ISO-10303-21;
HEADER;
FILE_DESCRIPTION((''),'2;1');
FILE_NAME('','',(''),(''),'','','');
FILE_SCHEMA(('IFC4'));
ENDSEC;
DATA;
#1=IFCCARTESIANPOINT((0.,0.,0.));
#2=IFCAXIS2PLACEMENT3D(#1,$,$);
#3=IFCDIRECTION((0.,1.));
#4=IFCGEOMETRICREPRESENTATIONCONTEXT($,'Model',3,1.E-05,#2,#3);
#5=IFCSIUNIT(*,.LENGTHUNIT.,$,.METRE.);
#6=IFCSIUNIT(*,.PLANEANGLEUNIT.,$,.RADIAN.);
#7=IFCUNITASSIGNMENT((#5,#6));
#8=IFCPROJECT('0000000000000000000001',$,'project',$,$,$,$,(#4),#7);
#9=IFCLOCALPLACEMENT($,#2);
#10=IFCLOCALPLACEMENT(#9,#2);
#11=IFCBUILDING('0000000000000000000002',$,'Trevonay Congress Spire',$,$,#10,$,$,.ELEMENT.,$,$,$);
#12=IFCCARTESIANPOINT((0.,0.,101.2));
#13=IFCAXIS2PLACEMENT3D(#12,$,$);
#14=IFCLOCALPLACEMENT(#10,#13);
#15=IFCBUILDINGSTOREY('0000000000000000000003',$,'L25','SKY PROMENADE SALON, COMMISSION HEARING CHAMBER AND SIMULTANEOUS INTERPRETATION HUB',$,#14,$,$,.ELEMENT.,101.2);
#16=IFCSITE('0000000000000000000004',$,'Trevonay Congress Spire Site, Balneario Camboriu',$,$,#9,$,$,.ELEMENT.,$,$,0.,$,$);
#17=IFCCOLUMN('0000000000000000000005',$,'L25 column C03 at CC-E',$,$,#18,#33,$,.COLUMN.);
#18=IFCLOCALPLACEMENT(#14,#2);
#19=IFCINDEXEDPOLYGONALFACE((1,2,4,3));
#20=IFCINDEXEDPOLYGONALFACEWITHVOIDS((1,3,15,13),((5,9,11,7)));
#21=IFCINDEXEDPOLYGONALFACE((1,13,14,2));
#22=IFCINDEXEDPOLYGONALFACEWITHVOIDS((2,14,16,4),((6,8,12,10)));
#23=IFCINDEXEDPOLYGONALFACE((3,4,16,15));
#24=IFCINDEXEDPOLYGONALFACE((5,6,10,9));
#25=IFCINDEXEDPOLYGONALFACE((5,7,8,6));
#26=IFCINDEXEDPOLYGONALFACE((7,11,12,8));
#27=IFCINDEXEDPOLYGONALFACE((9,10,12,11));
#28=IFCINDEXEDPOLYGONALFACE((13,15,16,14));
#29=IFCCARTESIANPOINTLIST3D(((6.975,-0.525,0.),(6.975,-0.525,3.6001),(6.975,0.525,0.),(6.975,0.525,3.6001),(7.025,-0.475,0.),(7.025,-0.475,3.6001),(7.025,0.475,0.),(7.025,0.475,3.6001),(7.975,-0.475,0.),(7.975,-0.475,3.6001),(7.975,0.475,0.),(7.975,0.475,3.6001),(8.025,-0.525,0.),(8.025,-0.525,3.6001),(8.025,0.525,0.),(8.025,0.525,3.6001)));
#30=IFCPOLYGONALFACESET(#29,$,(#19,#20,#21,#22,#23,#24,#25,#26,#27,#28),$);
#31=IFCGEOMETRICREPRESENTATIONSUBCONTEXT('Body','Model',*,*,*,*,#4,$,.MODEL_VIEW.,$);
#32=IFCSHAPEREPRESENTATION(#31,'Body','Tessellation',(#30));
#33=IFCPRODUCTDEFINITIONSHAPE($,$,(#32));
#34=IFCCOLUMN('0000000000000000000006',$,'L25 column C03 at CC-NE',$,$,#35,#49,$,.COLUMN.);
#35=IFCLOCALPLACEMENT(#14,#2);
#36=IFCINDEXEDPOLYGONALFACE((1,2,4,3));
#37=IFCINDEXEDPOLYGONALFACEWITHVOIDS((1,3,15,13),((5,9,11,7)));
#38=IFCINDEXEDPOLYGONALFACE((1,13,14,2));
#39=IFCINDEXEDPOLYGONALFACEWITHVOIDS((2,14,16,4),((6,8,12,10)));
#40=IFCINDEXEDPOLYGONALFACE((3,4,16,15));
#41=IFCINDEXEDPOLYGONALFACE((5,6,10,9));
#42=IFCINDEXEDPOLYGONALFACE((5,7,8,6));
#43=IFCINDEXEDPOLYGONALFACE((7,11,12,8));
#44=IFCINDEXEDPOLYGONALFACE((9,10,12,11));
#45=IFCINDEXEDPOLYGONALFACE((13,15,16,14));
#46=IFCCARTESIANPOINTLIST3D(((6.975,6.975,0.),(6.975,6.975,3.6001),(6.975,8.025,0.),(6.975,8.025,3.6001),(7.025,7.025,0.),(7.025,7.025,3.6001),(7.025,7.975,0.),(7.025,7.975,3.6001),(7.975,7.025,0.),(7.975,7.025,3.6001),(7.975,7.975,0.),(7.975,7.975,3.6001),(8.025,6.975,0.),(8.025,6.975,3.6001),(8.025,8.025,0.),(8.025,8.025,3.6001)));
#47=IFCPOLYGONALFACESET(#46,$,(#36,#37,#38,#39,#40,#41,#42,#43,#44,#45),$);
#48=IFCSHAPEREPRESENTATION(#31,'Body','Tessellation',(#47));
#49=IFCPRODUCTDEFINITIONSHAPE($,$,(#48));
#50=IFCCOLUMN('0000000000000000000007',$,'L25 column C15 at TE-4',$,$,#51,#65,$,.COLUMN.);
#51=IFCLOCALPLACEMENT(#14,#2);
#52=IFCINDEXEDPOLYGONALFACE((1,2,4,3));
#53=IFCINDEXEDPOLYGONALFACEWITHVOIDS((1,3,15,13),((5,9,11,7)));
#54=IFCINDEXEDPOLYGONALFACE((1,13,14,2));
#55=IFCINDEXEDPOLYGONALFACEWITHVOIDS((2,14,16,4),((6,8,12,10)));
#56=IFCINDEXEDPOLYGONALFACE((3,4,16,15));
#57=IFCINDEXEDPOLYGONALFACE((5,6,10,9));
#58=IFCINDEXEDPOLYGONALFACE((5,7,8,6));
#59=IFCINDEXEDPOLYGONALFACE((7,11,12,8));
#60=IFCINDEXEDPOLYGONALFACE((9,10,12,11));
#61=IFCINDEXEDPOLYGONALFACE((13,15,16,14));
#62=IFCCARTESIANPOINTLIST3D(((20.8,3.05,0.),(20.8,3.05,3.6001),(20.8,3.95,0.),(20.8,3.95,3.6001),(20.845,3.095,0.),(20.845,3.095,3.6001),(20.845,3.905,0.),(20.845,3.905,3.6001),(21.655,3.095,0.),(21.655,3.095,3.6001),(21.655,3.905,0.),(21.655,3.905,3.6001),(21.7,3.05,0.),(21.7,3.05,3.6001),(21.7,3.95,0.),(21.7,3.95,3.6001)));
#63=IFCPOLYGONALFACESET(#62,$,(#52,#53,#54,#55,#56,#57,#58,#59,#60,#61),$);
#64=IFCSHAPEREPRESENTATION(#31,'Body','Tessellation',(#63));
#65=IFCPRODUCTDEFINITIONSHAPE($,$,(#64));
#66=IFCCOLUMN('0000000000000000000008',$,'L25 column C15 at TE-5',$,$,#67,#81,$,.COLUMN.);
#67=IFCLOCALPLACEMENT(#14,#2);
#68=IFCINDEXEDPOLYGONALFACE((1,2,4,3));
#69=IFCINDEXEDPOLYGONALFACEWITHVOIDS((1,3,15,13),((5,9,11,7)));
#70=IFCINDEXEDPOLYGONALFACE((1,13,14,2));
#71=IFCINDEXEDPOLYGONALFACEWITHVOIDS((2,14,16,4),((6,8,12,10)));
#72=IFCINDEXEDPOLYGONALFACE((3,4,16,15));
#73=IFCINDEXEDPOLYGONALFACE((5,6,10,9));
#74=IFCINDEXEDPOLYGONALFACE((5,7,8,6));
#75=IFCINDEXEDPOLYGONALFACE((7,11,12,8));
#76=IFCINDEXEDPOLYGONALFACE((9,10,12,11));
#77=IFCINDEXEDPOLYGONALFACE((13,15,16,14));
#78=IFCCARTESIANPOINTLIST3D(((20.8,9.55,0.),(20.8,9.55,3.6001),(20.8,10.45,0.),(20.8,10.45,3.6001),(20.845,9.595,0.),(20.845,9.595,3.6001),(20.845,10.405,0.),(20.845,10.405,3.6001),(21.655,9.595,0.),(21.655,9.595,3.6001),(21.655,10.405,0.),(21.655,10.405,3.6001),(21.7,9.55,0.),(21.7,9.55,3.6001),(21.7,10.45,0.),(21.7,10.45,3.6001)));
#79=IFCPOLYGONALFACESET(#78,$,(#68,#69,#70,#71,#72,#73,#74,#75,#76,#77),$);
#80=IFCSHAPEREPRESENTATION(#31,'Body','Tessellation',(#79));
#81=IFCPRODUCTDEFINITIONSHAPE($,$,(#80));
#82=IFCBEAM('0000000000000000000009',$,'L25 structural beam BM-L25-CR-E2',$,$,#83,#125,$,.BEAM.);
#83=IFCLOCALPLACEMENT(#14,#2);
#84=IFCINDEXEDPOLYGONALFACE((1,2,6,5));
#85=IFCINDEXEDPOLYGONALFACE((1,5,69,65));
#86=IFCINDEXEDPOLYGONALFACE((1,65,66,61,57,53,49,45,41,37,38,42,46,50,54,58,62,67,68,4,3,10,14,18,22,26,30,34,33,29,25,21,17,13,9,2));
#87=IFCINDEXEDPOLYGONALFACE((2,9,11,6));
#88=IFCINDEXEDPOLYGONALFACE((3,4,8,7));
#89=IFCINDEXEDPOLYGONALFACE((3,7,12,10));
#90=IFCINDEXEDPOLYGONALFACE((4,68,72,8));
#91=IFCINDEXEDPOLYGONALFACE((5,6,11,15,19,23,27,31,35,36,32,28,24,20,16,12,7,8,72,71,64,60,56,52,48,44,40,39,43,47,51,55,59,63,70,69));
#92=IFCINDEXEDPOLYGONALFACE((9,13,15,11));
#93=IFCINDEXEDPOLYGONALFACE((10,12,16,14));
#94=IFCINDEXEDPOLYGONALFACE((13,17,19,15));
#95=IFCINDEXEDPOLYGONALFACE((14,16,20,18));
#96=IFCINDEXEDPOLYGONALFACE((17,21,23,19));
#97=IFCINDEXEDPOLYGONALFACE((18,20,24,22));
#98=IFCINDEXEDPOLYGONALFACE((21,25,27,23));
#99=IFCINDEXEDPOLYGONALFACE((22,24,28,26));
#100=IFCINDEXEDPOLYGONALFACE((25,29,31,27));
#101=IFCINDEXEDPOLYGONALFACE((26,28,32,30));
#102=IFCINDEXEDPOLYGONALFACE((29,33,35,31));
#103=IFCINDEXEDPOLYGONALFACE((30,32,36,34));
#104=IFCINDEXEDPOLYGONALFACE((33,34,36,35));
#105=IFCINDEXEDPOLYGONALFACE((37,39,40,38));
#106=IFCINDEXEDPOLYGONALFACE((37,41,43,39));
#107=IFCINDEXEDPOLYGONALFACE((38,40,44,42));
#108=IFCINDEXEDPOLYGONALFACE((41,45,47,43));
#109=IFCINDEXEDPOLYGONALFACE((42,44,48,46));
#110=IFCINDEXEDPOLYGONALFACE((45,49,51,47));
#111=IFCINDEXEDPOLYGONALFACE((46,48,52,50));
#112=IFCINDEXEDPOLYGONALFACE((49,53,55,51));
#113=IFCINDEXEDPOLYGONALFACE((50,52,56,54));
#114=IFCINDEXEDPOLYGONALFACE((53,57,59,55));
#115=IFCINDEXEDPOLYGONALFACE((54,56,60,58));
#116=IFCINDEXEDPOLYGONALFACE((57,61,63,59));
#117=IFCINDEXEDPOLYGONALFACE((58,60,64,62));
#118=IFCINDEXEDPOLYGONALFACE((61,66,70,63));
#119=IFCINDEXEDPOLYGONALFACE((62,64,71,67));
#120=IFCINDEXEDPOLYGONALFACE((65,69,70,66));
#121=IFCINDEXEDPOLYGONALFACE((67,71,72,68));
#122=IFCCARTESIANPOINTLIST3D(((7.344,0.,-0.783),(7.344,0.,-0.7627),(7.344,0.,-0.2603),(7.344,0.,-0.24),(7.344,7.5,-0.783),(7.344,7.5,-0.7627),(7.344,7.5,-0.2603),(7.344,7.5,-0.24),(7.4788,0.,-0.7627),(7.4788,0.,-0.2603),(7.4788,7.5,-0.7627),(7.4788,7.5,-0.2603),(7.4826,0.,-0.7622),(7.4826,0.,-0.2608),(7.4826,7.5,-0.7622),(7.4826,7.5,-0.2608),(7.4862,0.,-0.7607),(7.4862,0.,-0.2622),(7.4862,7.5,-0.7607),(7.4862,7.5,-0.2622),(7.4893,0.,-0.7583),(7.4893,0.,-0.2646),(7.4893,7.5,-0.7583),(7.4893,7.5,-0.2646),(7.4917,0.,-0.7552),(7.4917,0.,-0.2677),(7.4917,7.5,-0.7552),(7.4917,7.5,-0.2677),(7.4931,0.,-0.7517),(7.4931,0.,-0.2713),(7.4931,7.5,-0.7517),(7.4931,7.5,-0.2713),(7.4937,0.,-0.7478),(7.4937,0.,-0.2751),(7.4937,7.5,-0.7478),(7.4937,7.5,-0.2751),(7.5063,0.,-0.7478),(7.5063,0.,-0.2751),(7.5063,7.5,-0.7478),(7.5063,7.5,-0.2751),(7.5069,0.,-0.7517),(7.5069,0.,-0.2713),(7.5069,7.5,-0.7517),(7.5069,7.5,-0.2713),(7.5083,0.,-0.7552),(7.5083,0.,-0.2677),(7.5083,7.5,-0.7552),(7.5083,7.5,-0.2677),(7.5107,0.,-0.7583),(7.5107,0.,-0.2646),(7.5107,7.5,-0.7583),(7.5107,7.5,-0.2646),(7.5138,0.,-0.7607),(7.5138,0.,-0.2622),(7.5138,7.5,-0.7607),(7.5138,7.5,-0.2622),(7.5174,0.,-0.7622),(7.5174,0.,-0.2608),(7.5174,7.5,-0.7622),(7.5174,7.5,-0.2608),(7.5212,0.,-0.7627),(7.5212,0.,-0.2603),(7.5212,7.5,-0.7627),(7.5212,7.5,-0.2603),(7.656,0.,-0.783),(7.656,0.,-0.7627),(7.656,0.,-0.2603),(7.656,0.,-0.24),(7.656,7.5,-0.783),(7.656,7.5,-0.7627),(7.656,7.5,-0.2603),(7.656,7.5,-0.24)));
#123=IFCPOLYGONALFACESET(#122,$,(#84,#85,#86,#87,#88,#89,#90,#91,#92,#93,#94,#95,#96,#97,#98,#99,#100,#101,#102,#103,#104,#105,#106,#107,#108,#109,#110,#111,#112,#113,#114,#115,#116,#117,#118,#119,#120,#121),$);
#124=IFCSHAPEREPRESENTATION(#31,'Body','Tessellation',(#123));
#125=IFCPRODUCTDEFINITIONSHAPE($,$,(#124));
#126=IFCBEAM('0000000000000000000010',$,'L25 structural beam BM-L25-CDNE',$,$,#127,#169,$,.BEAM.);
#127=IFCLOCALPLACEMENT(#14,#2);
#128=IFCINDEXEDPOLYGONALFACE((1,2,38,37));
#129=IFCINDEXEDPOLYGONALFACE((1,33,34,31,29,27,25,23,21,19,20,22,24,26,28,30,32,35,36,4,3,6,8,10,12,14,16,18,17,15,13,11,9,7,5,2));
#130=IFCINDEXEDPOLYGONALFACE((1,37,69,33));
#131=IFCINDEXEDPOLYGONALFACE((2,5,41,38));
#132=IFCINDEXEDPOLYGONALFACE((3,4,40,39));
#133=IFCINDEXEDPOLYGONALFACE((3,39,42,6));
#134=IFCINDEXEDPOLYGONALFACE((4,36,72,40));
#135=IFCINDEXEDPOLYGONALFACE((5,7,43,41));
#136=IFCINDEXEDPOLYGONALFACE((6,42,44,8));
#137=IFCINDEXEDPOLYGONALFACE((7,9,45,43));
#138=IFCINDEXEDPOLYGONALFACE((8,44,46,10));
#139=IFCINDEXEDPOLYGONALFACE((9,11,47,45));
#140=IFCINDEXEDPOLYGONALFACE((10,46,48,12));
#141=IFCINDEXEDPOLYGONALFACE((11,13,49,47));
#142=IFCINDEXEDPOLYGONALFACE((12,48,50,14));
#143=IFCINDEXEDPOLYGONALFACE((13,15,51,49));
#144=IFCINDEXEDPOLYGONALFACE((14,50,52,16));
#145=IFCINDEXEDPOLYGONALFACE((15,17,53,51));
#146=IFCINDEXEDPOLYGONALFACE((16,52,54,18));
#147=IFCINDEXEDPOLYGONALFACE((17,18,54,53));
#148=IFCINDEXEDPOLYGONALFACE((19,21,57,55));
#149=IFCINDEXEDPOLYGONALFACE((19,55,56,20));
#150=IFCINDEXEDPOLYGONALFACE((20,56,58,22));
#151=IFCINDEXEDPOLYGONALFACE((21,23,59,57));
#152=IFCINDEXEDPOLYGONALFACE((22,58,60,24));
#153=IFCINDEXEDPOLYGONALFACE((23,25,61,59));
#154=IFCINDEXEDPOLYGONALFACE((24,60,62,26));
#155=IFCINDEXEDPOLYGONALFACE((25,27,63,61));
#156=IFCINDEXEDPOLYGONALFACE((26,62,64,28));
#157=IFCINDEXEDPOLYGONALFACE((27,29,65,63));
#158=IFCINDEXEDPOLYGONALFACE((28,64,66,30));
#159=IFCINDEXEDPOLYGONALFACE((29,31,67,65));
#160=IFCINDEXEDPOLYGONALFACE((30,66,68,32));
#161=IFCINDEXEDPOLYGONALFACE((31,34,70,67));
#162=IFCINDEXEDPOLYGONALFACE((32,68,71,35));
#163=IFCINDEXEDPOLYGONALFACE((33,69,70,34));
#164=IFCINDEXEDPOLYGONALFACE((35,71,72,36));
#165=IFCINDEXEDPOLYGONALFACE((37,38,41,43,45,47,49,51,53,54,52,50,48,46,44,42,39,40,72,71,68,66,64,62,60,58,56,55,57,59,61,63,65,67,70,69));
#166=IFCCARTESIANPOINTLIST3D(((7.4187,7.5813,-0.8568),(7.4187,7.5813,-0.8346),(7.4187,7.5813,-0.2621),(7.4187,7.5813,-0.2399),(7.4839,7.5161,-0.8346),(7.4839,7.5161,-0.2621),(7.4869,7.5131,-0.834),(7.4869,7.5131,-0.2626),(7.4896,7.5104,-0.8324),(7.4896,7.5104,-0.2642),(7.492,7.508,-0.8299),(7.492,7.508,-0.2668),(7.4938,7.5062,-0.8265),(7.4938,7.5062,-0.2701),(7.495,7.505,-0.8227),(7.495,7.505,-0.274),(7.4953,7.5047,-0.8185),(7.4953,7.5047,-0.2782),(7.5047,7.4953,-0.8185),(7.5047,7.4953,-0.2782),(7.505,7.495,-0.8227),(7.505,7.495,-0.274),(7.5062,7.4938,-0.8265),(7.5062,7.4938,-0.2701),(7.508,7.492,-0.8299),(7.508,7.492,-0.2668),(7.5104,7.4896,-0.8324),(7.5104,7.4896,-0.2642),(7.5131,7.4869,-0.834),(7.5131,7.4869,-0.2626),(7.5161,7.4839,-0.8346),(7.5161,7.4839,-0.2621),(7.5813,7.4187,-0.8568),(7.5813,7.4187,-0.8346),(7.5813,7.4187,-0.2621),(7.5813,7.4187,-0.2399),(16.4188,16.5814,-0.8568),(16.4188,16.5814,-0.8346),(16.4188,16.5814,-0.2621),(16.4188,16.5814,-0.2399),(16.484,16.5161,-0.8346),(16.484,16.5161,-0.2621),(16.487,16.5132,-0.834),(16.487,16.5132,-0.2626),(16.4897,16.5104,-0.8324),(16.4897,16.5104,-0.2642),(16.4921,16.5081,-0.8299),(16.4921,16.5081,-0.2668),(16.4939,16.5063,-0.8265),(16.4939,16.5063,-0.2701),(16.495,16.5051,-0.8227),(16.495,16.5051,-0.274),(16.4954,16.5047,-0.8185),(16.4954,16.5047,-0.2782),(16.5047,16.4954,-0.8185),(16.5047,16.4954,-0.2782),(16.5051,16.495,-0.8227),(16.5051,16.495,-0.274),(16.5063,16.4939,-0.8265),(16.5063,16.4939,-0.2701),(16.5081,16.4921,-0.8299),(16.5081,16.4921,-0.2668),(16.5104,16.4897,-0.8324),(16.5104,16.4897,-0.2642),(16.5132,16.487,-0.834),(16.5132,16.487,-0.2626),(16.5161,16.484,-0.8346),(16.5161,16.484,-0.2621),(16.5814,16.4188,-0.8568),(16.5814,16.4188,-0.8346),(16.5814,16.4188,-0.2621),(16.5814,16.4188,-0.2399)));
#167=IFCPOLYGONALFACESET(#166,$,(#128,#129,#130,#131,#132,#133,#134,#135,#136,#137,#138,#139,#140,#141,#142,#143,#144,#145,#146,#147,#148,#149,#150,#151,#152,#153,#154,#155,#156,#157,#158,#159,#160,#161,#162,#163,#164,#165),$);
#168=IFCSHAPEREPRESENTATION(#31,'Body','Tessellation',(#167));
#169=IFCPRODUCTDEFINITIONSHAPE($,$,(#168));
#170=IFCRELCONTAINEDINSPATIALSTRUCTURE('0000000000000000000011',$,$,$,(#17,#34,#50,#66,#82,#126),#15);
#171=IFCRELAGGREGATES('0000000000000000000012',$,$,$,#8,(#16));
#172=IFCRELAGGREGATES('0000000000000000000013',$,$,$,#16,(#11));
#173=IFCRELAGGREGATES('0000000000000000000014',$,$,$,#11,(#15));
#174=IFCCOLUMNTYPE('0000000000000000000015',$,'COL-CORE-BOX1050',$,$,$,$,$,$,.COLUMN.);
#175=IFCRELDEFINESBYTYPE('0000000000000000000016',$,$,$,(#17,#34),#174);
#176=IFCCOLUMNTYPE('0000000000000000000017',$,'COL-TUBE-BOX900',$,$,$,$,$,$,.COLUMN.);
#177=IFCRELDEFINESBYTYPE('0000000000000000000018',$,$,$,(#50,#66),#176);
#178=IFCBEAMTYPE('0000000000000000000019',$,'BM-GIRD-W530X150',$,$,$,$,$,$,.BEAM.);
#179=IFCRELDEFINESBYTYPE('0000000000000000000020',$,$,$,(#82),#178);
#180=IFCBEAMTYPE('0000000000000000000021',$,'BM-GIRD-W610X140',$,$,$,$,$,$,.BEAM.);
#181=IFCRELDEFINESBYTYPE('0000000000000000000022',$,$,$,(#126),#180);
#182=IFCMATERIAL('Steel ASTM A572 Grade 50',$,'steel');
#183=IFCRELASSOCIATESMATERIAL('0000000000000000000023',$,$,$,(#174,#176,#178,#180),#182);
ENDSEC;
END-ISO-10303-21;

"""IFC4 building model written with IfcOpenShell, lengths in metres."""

from ifc_helpers import new_model, si_unit, direction, frame, origin, origin_2d, place, context, subcontext, project, spatial, hollow_rectangle, i_section, extrude, material, material_profile, profile_set, type_object, element, save


model = new_model("IFC4")

# Units and contexts
model_context = context("Model", 3, precision=1e-05, world=origin(), true_north=direction((0.0, 1.0)))
body_context = subcontext(model_context, "Body", "Model", "MODEL_VIEW")
ifc_project = project(units=[si_unit("LENGTHUNIT", "METRE"), si_unit("PLANEANGLEUNIT", "RADIAN")], contexts=[model_context])

# Site, building, storey
site_placement = place(None, origin())
site = spatial("IfcSite", under=ifc_project, at=site_placement, Name="Trevonay Congress Spire Site, Balneario Camboriu", CompositionType="ELEMENT", RefElevation=0.0)
building_placement = place(site_placement, origin())
building = spatial("IfcBuilding", under=site, at=building_placement, Name="Trevonay Congress Spire", CompositionType="ELEMENT")
storey_placement = place(building_placement, frame((0.0, 0.0, 101.2)))
storey = spatial("IfcBuildingStorey", under=building, at=storey_placement, Name="L25", Description="SKY PROMENADE SALON, COMMISSION HEARING CHAMBER AND SIMULTANEOUS INTERPRETATION HUB", CompositionType="ELEMENT", Elevation=101.2)

# Columns
ifc_material_1 = material(Name="Steel ASTM A572 Grade 50", Category="steel")
ifc_material_profile_1 = material_profile(ifc_material_1, hollow_rectangle(XDim=1.05, YDim=1.05, WallThickness=0.05, at=origin_2d()), Name="BOX 1050x1050x50")
ifc_profile_set_1 = profile_set([ifc_material_profile_1], Name="Steel ASTM A572 Grade 50")
column_type_1 = type_object("IfcColumnType", Name="COL-CORE-BOX1050", PredefinedType="COLUMN", material=ifc_profile_set_1)
for number, where, z_axis, x_axis, name in (
    (1, (7.5, 0.0, 0.0), (0.0, 0.0, 1.0), (1.0, 0.0, 0.0), "L25 column C03 at CC-E"),
    (2, (7.5, 7.5, 0.0), (0.0, 0.0, 1.0), (1.0, 0.0, 0.0), "L25 column C03 at CC-NE"),
):
    element("IfcColumn", number, at=place(storey_placement, frame(where, z_axis=z_axis, x_axis=x_axis)), inside=storey, type_object=column_type_1, Name=name, PredefinedType="COLUMN", context=body_context, shape_type="SweptSolid", body=[
        extrude(hollow_rectangle(XDim=1.05, YDim=1.05, WallThickness=0.05, at=origin_2d()), origin(), (0.0, 0.0, 1.0), 3.6001),
    ])
ifc_material_profile_2 = material_profile(ifc_material_1, hollow_rectangle(XDim=0.8999, YDim=0.8999, WallThickness=0.0449, at=origin_2d()), Name="BOX 900x900x45")
ifc_profile_set_2 = profile_set([ifc_material_profile_2], Name="Steel ASTM A572 Grade 50")
column_type_2 = type_object("IfcColumnType", Name="COL-TUBE-BOX900", PredefinedType="COLUMN", material=ifc_profile_set_2)
for number, where, z_axis, x_axis, name in (
    (3, (21.25, 3.5, 0.0), (0.0, 0.0, 1.0), (1.0, 0.0, 0.0), "L25 column C15 at TE-4"),
    (4, (21.25, 10.0, 0.0), (0.0, 0.0, 1.0), (1.0, 0.0, 0.0), "L25 column C15 at TE-5"),
):
    element("IfcColumn", number, at=place(storey_placement, frame(where, z_axis=z_axis, x_axis=x_axis)), inside=storey, type_object=column_type_2, Name=name, PredefinedType="COLUMN", context=body_context, shape_type="SweptSolid", body=[
        extrude(hollow_rectangle(XDim=0.8999, YDim=0.8999, WallThickness=0.0449, at=origin_2d()), origin(), (0.0, 0.0, 1.0), 3.6001),
    ])

# Beams
ifc_material_profile_3 = material_profile(ifc_material_1, i_section(OverallWidth=0.312, OverallDepth=0.543, WebThickness=0.0127, FlangeThickness=0.0203, FilletRadius=0.0149, at=origin_2d()), Name="W530x150")
ifc_profile_set_3 = profile_set([ifc_material_profile_3], Name="Steel ASTM A572 Grade 50")
beam_type_1 = type_object("IfcBeamType", Name="BM-GIRD-W530X150", PredefinedType="BEAM", material=ifc_profile_set_3)
beam_1_placement = place(storey_placement, frame((7.5, 0.0, -0.5115), z_axis=(0.0, 1.0, 0.0), x_axis=(-1.0, 0.0, 0.0)))
element("IfcBeam", 5, at=beam_1_placement, inside=storey, type_object=beam_type_1, Name="L25 structural beam BM-L25-CR-E2", PredefinedType="BEAM", context=body_context, shape_type="SweptSolid", body=[
    extrude(i_section(OverallWidth=0.312, OverallDepth=0.543, WebThickness=0.0127, FlangeThickness=0.0203, FilletRadius=0.0149, at=origin_2d()), origin(), (0.0, 0.0, 1.0), 7.5),
])
ifc_material_profile_4 = material_profile(ifc_material_1, i_section(OverallWidth=0.23, OverallDepth=0.6169, WebThickness=0.0132, FlangeThickness=0.0222, FilletRadius=0.0161, at=origin_2d()), Name="W610x140")
ifc_profile_set_4 = profile_set([ifc_material_profile_4], Name="Steel ASTM A572 Grade 50")
beam_type_2 = type_object("IfcBeamType", Name="BM-GIRD-W610X140", PredefinedType="BEAM", material=ifc_profile_set_4)
beam_2_placement = place(storey_placement, frame((7.5, 7.5, -0.5483), z_axis=(0.707107, 0.707107, 0.0), x_axis=(-0.707107, 0.707107, 0.0)))
element("IfcBeam", 6, at=beam_2_placement, inside=storey, type_object=beam_type_2, Name="L25 structural beam BM-L25-CDNE", PredefinedType="BEAM", context=body_context, shape_type="SweptSolid", body=[
    extrude(i_section(OverallWidth=0.23, OverallDepth=0.6169, WebThickness=0.0132, FlangeThickness=0.0222, FilletRadius=0.0161, at=origin_2d()), origin(), (0.0, 0.0, 1.0), 12.728),
])

save(model, "model.ifc")
